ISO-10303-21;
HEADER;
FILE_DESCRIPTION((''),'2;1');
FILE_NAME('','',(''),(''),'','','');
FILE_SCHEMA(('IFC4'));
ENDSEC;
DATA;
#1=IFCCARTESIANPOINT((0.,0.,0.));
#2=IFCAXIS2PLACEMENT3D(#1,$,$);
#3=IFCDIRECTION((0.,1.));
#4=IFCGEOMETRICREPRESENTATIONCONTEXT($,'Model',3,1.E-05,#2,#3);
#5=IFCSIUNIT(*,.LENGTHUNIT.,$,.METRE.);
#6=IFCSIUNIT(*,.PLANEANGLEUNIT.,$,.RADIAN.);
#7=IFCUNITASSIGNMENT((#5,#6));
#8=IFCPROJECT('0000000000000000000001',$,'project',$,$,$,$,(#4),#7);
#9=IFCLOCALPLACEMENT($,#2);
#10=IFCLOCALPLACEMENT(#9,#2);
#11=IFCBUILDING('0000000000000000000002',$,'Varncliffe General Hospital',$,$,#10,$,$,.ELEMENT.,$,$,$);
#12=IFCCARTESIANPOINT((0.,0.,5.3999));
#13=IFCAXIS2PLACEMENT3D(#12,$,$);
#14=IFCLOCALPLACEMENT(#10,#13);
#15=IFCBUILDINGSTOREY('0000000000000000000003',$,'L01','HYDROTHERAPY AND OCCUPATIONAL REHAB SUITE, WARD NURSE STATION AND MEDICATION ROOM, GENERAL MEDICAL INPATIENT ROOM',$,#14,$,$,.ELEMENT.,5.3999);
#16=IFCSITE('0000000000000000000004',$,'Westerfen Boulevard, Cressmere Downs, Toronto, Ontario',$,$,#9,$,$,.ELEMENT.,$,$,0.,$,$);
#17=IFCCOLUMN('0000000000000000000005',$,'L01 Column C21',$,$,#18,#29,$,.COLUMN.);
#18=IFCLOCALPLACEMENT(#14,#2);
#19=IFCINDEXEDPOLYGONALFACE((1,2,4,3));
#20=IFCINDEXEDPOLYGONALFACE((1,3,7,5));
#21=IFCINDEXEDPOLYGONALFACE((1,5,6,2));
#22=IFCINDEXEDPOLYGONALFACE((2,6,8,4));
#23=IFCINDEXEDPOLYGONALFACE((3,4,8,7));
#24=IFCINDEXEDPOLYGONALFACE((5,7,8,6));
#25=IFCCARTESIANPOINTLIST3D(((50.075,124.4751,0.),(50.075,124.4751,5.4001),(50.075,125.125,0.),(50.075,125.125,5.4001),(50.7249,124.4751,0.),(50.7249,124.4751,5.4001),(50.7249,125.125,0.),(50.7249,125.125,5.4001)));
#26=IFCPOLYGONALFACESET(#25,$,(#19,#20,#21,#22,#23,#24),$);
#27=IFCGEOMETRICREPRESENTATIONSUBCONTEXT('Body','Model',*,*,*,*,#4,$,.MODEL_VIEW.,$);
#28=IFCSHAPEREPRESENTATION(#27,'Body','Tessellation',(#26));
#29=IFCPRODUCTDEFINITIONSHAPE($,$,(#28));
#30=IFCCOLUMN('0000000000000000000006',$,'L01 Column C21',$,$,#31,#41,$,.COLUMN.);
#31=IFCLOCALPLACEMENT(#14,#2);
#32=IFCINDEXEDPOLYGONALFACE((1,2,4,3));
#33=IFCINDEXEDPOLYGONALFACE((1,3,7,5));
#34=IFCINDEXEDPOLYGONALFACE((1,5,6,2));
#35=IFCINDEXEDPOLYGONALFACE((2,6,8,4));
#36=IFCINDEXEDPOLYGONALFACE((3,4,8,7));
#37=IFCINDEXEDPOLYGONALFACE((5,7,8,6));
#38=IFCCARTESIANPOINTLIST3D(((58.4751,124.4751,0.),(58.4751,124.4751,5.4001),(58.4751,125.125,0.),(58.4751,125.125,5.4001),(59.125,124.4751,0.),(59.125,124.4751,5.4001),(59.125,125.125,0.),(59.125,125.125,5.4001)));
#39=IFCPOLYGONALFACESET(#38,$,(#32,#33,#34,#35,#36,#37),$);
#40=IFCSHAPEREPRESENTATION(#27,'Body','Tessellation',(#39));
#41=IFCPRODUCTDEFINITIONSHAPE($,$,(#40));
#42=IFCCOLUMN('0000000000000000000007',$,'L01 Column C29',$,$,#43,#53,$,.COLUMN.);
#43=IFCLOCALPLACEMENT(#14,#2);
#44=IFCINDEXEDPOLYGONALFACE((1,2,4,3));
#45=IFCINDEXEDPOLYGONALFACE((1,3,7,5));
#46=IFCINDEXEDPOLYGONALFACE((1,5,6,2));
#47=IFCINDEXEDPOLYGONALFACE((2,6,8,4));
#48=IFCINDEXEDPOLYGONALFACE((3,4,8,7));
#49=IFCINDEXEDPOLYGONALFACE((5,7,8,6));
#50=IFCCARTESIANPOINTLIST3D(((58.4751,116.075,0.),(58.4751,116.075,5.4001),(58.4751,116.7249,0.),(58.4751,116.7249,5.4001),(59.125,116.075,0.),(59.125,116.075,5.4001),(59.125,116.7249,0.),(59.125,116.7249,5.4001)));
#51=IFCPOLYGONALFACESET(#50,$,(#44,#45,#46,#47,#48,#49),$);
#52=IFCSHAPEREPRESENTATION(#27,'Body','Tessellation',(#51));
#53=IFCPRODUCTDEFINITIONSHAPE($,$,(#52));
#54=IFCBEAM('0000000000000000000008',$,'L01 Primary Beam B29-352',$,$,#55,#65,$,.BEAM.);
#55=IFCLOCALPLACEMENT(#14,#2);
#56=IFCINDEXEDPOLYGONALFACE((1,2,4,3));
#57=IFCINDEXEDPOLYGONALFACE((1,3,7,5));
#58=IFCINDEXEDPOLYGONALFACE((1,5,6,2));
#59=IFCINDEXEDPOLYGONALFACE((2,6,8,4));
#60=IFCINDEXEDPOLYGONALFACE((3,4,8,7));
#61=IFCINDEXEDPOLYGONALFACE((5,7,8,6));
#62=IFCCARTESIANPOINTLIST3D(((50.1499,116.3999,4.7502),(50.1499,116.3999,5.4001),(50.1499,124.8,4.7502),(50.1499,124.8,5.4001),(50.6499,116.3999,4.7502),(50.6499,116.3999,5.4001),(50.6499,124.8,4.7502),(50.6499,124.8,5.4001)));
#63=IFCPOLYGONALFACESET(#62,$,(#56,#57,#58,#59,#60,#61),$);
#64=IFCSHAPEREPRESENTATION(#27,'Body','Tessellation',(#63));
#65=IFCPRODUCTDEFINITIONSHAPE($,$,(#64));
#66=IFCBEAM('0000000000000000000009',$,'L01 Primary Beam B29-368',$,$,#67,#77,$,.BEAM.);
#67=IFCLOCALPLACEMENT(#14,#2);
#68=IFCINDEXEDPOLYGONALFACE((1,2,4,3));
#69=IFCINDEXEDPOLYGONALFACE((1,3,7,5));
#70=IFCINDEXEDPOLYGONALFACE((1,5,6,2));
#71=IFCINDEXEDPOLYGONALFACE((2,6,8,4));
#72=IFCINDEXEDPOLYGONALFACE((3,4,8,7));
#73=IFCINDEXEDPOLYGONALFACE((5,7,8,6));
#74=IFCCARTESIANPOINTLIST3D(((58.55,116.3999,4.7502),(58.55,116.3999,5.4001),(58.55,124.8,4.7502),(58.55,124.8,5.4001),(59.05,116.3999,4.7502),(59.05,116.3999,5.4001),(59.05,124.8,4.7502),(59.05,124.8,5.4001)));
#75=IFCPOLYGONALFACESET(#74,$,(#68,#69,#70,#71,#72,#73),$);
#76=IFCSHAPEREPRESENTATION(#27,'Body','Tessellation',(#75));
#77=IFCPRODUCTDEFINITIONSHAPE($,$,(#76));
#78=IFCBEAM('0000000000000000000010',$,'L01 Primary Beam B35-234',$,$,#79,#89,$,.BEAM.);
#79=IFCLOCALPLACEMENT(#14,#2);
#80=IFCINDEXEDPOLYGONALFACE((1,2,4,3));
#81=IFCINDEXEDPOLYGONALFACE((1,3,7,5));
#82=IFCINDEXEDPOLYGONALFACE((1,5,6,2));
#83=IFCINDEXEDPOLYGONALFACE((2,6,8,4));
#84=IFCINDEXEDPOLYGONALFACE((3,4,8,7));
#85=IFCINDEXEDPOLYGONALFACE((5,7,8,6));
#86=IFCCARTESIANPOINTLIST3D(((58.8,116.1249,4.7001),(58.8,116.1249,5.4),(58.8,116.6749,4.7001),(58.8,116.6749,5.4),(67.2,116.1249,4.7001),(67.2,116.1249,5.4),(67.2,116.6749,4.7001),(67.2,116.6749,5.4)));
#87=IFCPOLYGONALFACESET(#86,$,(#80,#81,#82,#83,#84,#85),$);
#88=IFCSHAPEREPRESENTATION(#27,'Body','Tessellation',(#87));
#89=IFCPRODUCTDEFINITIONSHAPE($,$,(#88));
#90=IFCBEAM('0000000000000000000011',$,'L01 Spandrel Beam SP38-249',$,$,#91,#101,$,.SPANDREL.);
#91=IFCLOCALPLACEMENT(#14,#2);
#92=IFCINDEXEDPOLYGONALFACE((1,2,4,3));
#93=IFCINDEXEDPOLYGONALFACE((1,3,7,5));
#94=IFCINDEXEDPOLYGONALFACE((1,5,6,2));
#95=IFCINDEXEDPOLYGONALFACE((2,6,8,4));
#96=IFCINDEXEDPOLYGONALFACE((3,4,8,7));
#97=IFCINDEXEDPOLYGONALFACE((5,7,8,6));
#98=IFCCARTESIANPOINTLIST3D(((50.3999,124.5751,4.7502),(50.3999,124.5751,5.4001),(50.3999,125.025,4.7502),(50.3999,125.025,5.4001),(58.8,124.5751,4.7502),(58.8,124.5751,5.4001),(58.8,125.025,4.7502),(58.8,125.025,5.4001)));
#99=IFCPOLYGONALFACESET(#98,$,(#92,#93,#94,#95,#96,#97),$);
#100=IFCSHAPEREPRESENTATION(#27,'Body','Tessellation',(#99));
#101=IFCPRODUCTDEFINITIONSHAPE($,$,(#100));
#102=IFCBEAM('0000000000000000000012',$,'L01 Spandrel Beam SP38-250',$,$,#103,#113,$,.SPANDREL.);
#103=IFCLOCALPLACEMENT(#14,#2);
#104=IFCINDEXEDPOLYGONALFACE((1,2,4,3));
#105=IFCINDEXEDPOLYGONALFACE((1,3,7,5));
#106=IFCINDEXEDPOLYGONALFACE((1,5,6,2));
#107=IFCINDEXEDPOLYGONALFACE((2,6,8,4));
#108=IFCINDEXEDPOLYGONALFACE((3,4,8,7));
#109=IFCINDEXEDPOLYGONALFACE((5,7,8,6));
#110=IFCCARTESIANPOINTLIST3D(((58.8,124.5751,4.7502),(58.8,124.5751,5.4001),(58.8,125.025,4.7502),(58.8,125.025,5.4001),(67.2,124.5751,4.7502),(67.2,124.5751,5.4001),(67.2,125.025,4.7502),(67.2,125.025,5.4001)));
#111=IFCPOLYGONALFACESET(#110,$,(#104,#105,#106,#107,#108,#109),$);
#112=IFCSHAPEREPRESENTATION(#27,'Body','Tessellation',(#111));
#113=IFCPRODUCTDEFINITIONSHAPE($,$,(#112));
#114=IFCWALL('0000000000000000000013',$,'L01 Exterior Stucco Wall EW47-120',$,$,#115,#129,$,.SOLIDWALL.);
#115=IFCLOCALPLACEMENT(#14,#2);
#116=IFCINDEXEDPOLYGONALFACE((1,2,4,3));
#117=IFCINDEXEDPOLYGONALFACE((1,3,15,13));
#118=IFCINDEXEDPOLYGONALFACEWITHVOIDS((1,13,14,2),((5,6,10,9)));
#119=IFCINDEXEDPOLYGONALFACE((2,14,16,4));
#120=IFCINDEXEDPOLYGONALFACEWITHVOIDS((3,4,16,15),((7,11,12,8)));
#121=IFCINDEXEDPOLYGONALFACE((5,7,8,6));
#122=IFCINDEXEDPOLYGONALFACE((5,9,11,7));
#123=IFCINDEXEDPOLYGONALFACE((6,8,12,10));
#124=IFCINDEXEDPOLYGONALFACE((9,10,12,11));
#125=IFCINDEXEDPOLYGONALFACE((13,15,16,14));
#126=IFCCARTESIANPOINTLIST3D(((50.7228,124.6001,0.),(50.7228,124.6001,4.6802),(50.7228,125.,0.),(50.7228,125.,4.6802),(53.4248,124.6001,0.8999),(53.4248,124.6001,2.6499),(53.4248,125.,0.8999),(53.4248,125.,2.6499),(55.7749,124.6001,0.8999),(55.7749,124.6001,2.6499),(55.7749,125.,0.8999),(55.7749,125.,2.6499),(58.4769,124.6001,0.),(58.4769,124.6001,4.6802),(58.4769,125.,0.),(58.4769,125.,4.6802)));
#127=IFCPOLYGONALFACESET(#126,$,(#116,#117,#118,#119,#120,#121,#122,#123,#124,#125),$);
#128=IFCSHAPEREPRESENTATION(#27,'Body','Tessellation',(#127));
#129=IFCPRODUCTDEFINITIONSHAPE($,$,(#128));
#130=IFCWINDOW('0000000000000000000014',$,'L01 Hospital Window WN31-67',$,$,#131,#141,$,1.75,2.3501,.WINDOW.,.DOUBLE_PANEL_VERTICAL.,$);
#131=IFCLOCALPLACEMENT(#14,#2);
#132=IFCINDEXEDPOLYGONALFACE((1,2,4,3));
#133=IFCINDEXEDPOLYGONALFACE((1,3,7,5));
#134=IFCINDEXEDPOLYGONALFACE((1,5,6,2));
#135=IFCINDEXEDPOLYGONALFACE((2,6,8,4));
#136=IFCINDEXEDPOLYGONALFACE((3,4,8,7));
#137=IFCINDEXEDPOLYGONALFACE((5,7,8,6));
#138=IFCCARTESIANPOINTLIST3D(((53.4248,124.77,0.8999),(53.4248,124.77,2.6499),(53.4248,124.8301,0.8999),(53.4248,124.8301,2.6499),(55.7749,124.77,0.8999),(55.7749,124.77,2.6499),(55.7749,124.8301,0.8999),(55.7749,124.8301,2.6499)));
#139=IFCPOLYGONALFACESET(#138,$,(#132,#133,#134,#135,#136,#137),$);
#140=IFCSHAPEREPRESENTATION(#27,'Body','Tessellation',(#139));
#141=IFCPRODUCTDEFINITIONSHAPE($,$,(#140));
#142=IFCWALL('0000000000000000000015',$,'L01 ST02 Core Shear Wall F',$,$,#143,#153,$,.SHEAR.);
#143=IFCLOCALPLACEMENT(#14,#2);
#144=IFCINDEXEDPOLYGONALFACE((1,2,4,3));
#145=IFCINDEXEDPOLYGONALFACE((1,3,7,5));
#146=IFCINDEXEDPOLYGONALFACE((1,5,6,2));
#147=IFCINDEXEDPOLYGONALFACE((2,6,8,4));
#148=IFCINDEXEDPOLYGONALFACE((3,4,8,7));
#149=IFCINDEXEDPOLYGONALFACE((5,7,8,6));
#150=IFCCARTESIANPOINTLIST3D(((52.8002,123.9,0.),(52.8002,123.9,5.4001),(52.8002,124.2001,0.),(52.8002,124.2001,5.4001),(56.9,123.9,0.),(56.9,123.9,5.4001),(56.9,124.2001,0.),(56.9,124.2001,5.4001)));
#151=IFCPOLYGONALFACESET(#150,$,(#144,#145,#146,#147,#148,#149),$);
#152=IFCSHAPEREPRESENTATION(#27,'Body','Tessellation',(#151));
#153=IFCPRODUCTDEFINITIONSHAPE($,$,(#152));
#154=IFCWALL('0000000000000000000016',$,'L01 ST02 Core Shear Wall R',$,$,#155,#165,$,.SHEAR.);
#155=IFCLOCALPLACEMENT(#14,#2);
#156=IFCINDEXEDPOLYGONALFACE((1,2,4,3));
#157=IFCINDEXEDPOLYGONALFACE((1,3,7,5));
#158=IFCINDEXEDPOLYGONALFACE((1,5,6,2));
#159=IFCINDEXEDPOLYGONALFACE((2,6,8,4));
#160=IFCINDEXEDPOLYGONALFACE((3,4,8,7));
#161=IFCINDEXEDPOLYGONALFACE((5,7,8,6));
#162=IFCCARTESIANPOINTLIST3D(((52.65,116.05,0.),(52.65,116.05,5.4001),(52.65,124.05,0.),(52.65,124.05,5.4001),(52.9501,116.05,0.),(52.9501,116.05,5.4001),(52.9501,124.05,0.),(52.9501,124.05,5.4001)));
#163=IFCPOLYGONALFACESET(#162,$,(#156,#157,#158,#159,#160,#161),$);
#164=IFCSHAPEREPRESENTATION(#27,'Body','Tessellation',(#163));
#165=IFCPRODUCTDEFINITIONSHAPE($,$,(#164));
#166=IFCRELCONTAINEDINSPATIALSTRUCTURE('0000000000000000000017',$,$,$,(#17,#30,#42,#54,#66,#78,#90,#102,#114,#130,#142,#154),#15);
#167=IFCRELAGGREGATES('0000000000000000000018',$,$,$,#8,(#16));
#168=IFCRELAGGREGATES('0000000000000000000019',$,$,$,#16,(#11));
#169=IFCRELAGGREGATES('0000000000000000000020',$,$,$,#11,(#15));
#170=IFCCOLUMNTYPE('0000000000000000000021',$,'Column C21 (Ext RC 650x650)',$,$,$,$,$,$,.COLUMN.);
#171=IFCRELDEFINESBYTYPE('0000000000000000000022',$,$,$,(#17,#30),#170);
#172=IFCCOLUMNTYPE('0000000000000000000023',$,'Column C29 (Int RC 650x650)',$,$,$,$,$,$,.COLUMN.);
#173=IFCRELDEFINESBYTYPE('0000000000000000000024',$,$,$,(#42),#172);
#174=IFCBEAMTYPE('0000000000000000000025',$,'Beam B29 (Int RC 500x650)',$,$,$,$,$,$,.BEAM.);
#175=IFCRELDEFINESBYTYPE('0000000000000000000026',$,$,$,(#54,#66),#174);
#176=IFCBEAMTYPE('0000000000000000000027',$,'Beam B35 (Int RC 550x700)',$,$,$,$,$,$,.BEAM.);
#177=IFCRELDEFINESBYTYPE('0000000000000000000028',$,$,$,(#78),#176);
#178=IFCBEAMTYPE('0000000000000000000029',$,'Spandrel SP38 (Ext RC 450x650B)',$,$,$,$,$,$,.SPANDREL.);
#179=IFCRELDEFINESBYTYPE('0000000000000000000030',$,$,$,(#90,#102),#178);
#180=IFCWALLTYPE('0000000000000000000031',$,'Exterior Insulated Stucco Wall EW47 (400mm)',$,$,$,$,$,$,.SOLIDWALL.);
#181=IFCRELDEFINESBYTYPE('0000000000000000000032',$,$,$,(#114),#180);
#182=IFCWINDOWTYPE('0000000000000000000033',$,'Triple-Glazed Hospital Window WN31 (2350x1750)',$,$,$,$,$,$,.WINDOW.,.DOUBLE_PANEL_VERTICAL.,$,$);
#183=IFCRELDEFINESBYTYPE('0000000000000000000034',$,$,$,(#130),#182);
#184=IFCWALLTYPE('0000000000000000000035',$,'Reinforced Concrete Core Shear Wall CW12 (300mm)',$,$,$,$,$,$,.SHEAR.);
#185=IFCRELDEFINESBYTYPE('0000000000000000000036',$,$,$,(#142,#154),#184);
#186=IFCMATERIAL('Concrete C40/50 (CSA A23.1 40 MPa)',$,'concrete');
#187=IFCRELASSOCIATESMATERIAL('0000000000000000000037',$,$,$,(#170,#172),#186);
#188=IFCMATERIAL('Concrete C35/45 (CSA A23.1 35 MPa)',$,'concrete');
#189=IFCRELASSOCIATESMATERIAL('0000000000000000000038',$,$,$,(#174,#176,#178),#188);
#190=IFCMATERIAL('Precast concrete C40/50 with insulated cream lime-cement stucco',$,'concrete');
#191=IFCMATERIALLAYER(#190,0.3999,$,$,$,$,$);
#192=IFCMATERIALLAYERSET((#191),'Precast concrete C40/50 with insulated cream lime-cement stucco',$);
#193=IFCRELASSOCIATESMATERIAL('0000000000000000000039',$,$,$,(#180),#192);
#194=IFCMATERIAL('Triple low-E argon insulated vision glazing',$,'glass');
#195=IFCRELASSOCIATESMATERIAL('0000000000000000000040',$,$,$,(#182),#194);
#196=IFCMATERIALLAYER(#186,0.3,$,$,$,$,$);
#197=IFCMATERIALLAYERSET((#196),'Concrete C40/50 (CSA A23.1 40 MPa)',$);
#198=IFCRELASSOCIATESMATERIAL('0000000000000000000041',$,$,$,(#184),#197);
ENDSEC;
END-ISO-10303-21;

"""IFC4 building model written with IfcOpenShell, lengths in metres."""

from ifc_helpers import new_model, si_unit, direction, frame, frame_2d, origin, origin_2d, place, context, subcontext, project, spatial, rectangle, extrude, material, layer, layer_set, material_profile, profile_set, type_object, element, fill, save


model = new_model("IFC4")

# Units and contexts
model_context = context("Model", 3, precision=1e-05, world=origin(), true_north=direction((0.0, 1.0)))
body_context = subcontext(model_context, "Body", "Model", "MODEL_VIEW")
ifc_project = project(units=[si_unit("LENGTHUNIT", "METRE"), si_unit("PLANEANGLEUNIT", "RADIAN")], contexts=[model_context])

# Site, building, storey
site_placement = place(None, origin())
site = spatial("IfcSite", under=ifc_project, at=site_placement, Name="Westerfen Boulevard, Cressmere Downs, Toronto, Ontario", CompositionType="ELEMENT", RefElevation=0.0)
building_placement = place(site_placement, origin())
building = spatial("IfcBuilding", under=site, at=building_placement, Name="Varncliffe General Hospital", CompositionType="ELEMENT")
storey_placement = place(building_placement, frame((0.0, 0.0, 5.3999)))
storey = spatial("IfcBuildingStorey", under=building, at=storey_placement, Name="L01", Description="HYDROTHERAPY AND OCCUPATIONAL REHAB SUITE, WARD NURSE STATION AND MEDICATION ROOM, GENERAL MEDICAL INPATIENT ROOM", CompositionType="ELEMENT", Elevation=5.3999)

# Columns
ifc_material_1 = material(Name="Concrete C40/50 (CSA A23.1 40 MPa)", Category="concrete")
ifc_material_profile_1 = material_profile(ifc_material_1, rectangle(XDim=0.6499, YDim=0.6499, at=origin_2d()), Name="RC 650x650")
ifc_profile_set_1 = profile_set([ifc_material_profile_1], Name="Concrete C40/50 (CSA A23.1 40 MPa)")
column_type_1 = type_object("IfcColumnType", Name="Column C21 (Ext RC 650x650)", PredefinedType="COLUMN", material=ifc_profile_set_1)
for number, where, z_axis, x_axis, name in (
    (1, (50.3999, 124.8, 0.0), (0.0, 0.0, 1.0), (1.0, 0.0, 0.0), "L01 Column C21"),
    (2, (58.8, 124.8, 0.0), (0.0, 0.0, 1.0), (1.0, 0.0, 0.0), "L01 Column C21"),
):
    element("IfcColumn", number, at=place(storey_placement, frame(where, z_axis=z_axis, x_axis=x_axis)), inside=storey, type_object=column_type_1, Name=name, PredefinedType="COLUMN", context=body_context, shape_type="SweptSolid", body=[
        extrude(rectangle(XDim=0.6499, YDim=0.6499, at=origin_2d()), origin(), (0.0, 0.0, 1.0), 5.4001),
    ])
ifc_material_profile_2 = material_profile(ifc_material_1, rectangle(XDim=0.6499, YDim=0.6499, at=origin_2d()), Name="RC 650x650")
ifc_profile_set_2 = profile_set([ifc_material_profile_2], Name="Concrete C40/50 (CSA A23.1 40 MPa)")
column_type_2 = type_object("IfcColumnType", Name="Column C29 (Int RC 650x650)", PredefinedType="COLUMN", material=ifc_profile_set_2)
column_placement = place(storey_placement, frame((58.8, 116.3999, 0.0), z_axis=(0.0, 0.0, 1.0), x_axis=(1.0, 0.0, 0.0)))
element("IfcColumn", 3, at=column_placement, inside=storey, type_object=column_type_2, Name="L01 Column C29", PredefinedType="COLUMN", context=body_context, shape_type="SweptSolid", body=[
    extrude(rectangle(XDim=0.6499, YDim=0.6499, at=origin_2d()), origin(), (0.0, 0.0, 1.0), 5.4001),
])

# Beams
ifc_material_2 = material(Name="Concrete C35/45 (CSA A23.1 35 MPa)", Category="concrete")
ifc_material_profile_3 = material_profile(ifc_material_2, rectangle(XDim=0.5, YDim=0.6499, at=origin_2d()), Name="RC 500x650")
ifc_profile_set_3 = profile_set([ifc_material_profile_3], Name="Concrete C35/45 (CSA A23.1 35 MPa)")
beam_type_1 = type_object("IfcBeamType", Name="Beam B29 (Int RC 500x650)", PredefinedType="BEAM", material=ifc_profile_set_3)
for number, where, z_axis, x_axis, name in (
    (4, (50.3999, 116.3999, 5.0752), (0.0, 1.0, 0.0), (-1.0, 0.0, 0.0), "L01 Primary Beam B29-352"),
    (5, (58.8, 116.3999, 5.0752), (0.0, 1.0, 0.0), (-1.0, 0.0, 0.0), "L01 Primary Beam B29-368"),
):
    element("IfcBeam", number, at=place(storey_placement, frame(where, z_axis=z_axis, x_axis=x_axis)), inside=storey, type_object=beam_type_1, Name=name, PredefinedType="BEAM", context=body_context, shape_type="SweptSolid", body=[
        extrude(rectangle(XDim=0.5, YDim=0.6499, at=origin_2d()), origin(), (0.0, 0.0, 1.0), 8.4001),
    ])
ifc_material_profile_4 = material_profile(ifc_material_2, rectangle(XDim=0.55, YDim=0.7, at=origin_2d()), Name="RC 550x700")
ifc_profile_set_4 = profile_set([ifc_material_profile_4], Name="Concrete C35/45 (CSA A23.1 35 MPa)")
beam_type_2 = type_object("IfcBeamType", Name="Beam B35 (Int RC 550x700)", PredefinedType="BEAM", material=ifc_profile_set_4)
beam_1_placement = place(storey_placement, frame((58.8, 116.3999, 5.05), z_axis=(1.0, 0.0, 0.0), x_axis=(0.0, 1.0, 0.0)))
element("IfcBeam", 6, at=beam_1_placement, inside=storey, type_object=beam_type_2, Name="L01 Primary Beam B35-234", PredefinedType="BEAM", context=body_context, shape_type="SweptSolid", body=[
    extrude(rectangle(XDim=0.55, YDim=0.7, at=origin_2d()), origin(), (0.0, 0.0, 1.0), 8.3999),
])
ifc_material_profile_5 = material_profile(ifc_material_2, rectangle(XDim=0.45, YDim=0.6499, at=origin_2d()), Name="RC 450x650")
ifc_profile_set_5 = profile_set([ifc_material_profile_5], Name="Concrete C35/45 (CSA A23.1 35 MPa)")
beam_type_3 = type_object("IfcBeamType", Name="Spandrel SP38 (Ext RC 450x650B)", PredefinedType="SPANDREL", material=ifc_profile_set_5)
beam_2_placement = place(storey_placement, frame((50.3999, 124.8, 5.0752), z_axis=(1.0, 0.0, 0.0), x_axis=(0.0, 1.0, 0.0)))
element("IfcBeam", 7, at=beam_2_placement, inside=storey, type_object=beam_type_3, Name="L01 Spandrel Beam SP38-249", PredefinedType="SPANDREL", context=body_context, shape_type="SweptSolid", body=[
    extrude(rectangle(XDim=0.45, YDim=0.6499, at=origin_2d()), origin(), (0.0, 0.0, 1.0), 8.4001),
])
beam_3_placement = place(storey_placement, frame((58.8, 124.8, 5.0752), z_axis=(1.0, 0.0, 0.0), x_axis=(0.0, 1.0, 0.0)))
element("IfcBeam", 8, at=beam_3_placement, inside=storey, type_object=beam_type_3, Name="L01 Spandrel Beam SP38-250", PredefinedType="SPANDREL", context=body_context, shape_type="SweptSolid", body=[
    extrude(rectangle(XDim=0.45, YDim=0.6499, at=origin_2d()), origin(), (0.0, 0.0, 1.0), 8.3999),
])

# Wall, opening, window
ifc_material_3 = material(Name="Precast concrete C40/50 with insulated cream lime-cement stucco", Category="concrete")
ifc_layer_1 = layer(ifc_material_3, 0.3999)
ifc_layer_set_1 = layer_set([ifc_layer_1], Name="Precast concrete C40/50 with insulated cream lime-cement stucco")
wall_type_1 = type_object("IfcWallType", Name="Exterior Insulated Stucco Wall EW47 (400mm)", PredefinedType="SOLIDWALL", material=ifc_layer_set_1)
wall_1_placement = place(storey_placement, frame((50.7229, 124.8, 0.0), z_axis=(0.0, 0.0, 1.0), x_axis=(1.0, 0.0, 0.0)))
wall_1 = element("IfcWall", 9, at=wall_1_placement, inside=storey, type_object=wall_type_1, Name="L01 Exterior Stucco Wall EW47-120", PredefinedType="SOLIDWALL", context=body_context, shape_type="SweptSolid", body=[
    extrude(rectangle(XDim=7.7542, YDim=0.3999, at=frame_2d((3.877, 0.0))), origin(), (0.0, 0.0, 1.0), 4.6802),
])
opening_placement = place(wall_1_placement, frame((2.7019, 0.0, 0.8999)))
opening = element("IfcOpeningElement", 10, at=opening_placement, cuts=wall_1, PredefinedType="OPENING", context=body_context, shape_type="SweptSolid", body=[
    extrude(rectangle(XDim=2.3501, YDim=1.75, at=frame_2d((1.175, 0.875))), frame((0.0, 0.21, 0.0), z_axis=(0.0, -1.0, 0.0), x_axis=(1.0, 0.0, 0.0)), (0.0, 0.0, 1.0), 0.4199),
])
ifc_material_4 = material(Name="Triple low-E argon insulated vision glazing", Category="glass")
window_type = type_object("IfcWindowType", Name="Triple-Glazed Hospital Window WN31 (2350x1750)", PartitioningType="DOUBLE_PANEL_VERTICAL", PredefinedType="WINDOW", material=ifc_material_4)
window_placement = place(opening_placement, origin())
window = element("IfcWindow", 11, at=window_placement, inside=storey, type_object=window_type, Name="L01 Hospital Window WN31-67", OverallHeight=1.75, OverallWidth=2.3501, PartitioningType="DOUBLE_PANEL_VERTICAL", PredefinedType="WINDOW", context=body_context, shape_type="SweptSolid", body=[
    extrude(rectangle(XDim=2.3501, YDim=1.75, at=frame_2d((1.175, 0.875))), frame((0.0, 0.03, 0.0), z_axis=(0.0, -1.0, 0.0), x_axis=(1.0, 0.0, 0.0)), (0.0, 0.0, 1.0), 0.0601),
])
fill(opening, window)

# Walls
ifc_layer_2 = layer(ifc_material_1, 0.3)
ifc_layer_set_2 = layer_set([ifc_layer_2], Name="Concrete C40/50 (CSA A23.1 40 MPa)")
wall_type_2 = type_object("IfcWallType", Name="Reinforced Concrete Core Shear Wall CW12 (300mm)", PredefinedType="SHEAR", material=ifc_layer_set_2)
wall_2_placement = place(storey_placement, frame((56.8999, 124.05, 0.0), z_axis=(0.0, 0.0, 1.0), x_axis=(-1.0, 0.0, 0.0)))
element("IfcWall", 12, at=wall_2_placement, inside=storey, type_object=wall_type_2, Name="L01 ST02 Core Shear Wall F", PredefinedType="SHEAR", context=body_context, shape_type="SweptSolid", body=[
    extrude(rectangle(XDim=4.0999, YDim=0.3, at=frame_2d((2.0498, 0.0))), origin(), (0.0, 0.0, 1.0), 5.4001),
])
wall_3_placement = place(storey_placement, frame((52.8, 124.05, 0.0), z_axis=(0.0, 0.0, 1.0), x_axis=(0.0, -1.0, 0.0)))
element("IfcWall", 13, at=wall_3_placement, inside=storey, type_object=wall_type_2, Name="L01 ST02 Core Shear Wall R", PredefinedType="SHEAR", context=body_context, shape_type="SweptSolid", body=[
    extrude(rectangle(XDim=8.0, YDim=0.3, at=frame_2d((4.0, 0.0))), origin(), (0.0, 0.0, 1.0), 5.4001),
])

save(model, "model.ifc")
